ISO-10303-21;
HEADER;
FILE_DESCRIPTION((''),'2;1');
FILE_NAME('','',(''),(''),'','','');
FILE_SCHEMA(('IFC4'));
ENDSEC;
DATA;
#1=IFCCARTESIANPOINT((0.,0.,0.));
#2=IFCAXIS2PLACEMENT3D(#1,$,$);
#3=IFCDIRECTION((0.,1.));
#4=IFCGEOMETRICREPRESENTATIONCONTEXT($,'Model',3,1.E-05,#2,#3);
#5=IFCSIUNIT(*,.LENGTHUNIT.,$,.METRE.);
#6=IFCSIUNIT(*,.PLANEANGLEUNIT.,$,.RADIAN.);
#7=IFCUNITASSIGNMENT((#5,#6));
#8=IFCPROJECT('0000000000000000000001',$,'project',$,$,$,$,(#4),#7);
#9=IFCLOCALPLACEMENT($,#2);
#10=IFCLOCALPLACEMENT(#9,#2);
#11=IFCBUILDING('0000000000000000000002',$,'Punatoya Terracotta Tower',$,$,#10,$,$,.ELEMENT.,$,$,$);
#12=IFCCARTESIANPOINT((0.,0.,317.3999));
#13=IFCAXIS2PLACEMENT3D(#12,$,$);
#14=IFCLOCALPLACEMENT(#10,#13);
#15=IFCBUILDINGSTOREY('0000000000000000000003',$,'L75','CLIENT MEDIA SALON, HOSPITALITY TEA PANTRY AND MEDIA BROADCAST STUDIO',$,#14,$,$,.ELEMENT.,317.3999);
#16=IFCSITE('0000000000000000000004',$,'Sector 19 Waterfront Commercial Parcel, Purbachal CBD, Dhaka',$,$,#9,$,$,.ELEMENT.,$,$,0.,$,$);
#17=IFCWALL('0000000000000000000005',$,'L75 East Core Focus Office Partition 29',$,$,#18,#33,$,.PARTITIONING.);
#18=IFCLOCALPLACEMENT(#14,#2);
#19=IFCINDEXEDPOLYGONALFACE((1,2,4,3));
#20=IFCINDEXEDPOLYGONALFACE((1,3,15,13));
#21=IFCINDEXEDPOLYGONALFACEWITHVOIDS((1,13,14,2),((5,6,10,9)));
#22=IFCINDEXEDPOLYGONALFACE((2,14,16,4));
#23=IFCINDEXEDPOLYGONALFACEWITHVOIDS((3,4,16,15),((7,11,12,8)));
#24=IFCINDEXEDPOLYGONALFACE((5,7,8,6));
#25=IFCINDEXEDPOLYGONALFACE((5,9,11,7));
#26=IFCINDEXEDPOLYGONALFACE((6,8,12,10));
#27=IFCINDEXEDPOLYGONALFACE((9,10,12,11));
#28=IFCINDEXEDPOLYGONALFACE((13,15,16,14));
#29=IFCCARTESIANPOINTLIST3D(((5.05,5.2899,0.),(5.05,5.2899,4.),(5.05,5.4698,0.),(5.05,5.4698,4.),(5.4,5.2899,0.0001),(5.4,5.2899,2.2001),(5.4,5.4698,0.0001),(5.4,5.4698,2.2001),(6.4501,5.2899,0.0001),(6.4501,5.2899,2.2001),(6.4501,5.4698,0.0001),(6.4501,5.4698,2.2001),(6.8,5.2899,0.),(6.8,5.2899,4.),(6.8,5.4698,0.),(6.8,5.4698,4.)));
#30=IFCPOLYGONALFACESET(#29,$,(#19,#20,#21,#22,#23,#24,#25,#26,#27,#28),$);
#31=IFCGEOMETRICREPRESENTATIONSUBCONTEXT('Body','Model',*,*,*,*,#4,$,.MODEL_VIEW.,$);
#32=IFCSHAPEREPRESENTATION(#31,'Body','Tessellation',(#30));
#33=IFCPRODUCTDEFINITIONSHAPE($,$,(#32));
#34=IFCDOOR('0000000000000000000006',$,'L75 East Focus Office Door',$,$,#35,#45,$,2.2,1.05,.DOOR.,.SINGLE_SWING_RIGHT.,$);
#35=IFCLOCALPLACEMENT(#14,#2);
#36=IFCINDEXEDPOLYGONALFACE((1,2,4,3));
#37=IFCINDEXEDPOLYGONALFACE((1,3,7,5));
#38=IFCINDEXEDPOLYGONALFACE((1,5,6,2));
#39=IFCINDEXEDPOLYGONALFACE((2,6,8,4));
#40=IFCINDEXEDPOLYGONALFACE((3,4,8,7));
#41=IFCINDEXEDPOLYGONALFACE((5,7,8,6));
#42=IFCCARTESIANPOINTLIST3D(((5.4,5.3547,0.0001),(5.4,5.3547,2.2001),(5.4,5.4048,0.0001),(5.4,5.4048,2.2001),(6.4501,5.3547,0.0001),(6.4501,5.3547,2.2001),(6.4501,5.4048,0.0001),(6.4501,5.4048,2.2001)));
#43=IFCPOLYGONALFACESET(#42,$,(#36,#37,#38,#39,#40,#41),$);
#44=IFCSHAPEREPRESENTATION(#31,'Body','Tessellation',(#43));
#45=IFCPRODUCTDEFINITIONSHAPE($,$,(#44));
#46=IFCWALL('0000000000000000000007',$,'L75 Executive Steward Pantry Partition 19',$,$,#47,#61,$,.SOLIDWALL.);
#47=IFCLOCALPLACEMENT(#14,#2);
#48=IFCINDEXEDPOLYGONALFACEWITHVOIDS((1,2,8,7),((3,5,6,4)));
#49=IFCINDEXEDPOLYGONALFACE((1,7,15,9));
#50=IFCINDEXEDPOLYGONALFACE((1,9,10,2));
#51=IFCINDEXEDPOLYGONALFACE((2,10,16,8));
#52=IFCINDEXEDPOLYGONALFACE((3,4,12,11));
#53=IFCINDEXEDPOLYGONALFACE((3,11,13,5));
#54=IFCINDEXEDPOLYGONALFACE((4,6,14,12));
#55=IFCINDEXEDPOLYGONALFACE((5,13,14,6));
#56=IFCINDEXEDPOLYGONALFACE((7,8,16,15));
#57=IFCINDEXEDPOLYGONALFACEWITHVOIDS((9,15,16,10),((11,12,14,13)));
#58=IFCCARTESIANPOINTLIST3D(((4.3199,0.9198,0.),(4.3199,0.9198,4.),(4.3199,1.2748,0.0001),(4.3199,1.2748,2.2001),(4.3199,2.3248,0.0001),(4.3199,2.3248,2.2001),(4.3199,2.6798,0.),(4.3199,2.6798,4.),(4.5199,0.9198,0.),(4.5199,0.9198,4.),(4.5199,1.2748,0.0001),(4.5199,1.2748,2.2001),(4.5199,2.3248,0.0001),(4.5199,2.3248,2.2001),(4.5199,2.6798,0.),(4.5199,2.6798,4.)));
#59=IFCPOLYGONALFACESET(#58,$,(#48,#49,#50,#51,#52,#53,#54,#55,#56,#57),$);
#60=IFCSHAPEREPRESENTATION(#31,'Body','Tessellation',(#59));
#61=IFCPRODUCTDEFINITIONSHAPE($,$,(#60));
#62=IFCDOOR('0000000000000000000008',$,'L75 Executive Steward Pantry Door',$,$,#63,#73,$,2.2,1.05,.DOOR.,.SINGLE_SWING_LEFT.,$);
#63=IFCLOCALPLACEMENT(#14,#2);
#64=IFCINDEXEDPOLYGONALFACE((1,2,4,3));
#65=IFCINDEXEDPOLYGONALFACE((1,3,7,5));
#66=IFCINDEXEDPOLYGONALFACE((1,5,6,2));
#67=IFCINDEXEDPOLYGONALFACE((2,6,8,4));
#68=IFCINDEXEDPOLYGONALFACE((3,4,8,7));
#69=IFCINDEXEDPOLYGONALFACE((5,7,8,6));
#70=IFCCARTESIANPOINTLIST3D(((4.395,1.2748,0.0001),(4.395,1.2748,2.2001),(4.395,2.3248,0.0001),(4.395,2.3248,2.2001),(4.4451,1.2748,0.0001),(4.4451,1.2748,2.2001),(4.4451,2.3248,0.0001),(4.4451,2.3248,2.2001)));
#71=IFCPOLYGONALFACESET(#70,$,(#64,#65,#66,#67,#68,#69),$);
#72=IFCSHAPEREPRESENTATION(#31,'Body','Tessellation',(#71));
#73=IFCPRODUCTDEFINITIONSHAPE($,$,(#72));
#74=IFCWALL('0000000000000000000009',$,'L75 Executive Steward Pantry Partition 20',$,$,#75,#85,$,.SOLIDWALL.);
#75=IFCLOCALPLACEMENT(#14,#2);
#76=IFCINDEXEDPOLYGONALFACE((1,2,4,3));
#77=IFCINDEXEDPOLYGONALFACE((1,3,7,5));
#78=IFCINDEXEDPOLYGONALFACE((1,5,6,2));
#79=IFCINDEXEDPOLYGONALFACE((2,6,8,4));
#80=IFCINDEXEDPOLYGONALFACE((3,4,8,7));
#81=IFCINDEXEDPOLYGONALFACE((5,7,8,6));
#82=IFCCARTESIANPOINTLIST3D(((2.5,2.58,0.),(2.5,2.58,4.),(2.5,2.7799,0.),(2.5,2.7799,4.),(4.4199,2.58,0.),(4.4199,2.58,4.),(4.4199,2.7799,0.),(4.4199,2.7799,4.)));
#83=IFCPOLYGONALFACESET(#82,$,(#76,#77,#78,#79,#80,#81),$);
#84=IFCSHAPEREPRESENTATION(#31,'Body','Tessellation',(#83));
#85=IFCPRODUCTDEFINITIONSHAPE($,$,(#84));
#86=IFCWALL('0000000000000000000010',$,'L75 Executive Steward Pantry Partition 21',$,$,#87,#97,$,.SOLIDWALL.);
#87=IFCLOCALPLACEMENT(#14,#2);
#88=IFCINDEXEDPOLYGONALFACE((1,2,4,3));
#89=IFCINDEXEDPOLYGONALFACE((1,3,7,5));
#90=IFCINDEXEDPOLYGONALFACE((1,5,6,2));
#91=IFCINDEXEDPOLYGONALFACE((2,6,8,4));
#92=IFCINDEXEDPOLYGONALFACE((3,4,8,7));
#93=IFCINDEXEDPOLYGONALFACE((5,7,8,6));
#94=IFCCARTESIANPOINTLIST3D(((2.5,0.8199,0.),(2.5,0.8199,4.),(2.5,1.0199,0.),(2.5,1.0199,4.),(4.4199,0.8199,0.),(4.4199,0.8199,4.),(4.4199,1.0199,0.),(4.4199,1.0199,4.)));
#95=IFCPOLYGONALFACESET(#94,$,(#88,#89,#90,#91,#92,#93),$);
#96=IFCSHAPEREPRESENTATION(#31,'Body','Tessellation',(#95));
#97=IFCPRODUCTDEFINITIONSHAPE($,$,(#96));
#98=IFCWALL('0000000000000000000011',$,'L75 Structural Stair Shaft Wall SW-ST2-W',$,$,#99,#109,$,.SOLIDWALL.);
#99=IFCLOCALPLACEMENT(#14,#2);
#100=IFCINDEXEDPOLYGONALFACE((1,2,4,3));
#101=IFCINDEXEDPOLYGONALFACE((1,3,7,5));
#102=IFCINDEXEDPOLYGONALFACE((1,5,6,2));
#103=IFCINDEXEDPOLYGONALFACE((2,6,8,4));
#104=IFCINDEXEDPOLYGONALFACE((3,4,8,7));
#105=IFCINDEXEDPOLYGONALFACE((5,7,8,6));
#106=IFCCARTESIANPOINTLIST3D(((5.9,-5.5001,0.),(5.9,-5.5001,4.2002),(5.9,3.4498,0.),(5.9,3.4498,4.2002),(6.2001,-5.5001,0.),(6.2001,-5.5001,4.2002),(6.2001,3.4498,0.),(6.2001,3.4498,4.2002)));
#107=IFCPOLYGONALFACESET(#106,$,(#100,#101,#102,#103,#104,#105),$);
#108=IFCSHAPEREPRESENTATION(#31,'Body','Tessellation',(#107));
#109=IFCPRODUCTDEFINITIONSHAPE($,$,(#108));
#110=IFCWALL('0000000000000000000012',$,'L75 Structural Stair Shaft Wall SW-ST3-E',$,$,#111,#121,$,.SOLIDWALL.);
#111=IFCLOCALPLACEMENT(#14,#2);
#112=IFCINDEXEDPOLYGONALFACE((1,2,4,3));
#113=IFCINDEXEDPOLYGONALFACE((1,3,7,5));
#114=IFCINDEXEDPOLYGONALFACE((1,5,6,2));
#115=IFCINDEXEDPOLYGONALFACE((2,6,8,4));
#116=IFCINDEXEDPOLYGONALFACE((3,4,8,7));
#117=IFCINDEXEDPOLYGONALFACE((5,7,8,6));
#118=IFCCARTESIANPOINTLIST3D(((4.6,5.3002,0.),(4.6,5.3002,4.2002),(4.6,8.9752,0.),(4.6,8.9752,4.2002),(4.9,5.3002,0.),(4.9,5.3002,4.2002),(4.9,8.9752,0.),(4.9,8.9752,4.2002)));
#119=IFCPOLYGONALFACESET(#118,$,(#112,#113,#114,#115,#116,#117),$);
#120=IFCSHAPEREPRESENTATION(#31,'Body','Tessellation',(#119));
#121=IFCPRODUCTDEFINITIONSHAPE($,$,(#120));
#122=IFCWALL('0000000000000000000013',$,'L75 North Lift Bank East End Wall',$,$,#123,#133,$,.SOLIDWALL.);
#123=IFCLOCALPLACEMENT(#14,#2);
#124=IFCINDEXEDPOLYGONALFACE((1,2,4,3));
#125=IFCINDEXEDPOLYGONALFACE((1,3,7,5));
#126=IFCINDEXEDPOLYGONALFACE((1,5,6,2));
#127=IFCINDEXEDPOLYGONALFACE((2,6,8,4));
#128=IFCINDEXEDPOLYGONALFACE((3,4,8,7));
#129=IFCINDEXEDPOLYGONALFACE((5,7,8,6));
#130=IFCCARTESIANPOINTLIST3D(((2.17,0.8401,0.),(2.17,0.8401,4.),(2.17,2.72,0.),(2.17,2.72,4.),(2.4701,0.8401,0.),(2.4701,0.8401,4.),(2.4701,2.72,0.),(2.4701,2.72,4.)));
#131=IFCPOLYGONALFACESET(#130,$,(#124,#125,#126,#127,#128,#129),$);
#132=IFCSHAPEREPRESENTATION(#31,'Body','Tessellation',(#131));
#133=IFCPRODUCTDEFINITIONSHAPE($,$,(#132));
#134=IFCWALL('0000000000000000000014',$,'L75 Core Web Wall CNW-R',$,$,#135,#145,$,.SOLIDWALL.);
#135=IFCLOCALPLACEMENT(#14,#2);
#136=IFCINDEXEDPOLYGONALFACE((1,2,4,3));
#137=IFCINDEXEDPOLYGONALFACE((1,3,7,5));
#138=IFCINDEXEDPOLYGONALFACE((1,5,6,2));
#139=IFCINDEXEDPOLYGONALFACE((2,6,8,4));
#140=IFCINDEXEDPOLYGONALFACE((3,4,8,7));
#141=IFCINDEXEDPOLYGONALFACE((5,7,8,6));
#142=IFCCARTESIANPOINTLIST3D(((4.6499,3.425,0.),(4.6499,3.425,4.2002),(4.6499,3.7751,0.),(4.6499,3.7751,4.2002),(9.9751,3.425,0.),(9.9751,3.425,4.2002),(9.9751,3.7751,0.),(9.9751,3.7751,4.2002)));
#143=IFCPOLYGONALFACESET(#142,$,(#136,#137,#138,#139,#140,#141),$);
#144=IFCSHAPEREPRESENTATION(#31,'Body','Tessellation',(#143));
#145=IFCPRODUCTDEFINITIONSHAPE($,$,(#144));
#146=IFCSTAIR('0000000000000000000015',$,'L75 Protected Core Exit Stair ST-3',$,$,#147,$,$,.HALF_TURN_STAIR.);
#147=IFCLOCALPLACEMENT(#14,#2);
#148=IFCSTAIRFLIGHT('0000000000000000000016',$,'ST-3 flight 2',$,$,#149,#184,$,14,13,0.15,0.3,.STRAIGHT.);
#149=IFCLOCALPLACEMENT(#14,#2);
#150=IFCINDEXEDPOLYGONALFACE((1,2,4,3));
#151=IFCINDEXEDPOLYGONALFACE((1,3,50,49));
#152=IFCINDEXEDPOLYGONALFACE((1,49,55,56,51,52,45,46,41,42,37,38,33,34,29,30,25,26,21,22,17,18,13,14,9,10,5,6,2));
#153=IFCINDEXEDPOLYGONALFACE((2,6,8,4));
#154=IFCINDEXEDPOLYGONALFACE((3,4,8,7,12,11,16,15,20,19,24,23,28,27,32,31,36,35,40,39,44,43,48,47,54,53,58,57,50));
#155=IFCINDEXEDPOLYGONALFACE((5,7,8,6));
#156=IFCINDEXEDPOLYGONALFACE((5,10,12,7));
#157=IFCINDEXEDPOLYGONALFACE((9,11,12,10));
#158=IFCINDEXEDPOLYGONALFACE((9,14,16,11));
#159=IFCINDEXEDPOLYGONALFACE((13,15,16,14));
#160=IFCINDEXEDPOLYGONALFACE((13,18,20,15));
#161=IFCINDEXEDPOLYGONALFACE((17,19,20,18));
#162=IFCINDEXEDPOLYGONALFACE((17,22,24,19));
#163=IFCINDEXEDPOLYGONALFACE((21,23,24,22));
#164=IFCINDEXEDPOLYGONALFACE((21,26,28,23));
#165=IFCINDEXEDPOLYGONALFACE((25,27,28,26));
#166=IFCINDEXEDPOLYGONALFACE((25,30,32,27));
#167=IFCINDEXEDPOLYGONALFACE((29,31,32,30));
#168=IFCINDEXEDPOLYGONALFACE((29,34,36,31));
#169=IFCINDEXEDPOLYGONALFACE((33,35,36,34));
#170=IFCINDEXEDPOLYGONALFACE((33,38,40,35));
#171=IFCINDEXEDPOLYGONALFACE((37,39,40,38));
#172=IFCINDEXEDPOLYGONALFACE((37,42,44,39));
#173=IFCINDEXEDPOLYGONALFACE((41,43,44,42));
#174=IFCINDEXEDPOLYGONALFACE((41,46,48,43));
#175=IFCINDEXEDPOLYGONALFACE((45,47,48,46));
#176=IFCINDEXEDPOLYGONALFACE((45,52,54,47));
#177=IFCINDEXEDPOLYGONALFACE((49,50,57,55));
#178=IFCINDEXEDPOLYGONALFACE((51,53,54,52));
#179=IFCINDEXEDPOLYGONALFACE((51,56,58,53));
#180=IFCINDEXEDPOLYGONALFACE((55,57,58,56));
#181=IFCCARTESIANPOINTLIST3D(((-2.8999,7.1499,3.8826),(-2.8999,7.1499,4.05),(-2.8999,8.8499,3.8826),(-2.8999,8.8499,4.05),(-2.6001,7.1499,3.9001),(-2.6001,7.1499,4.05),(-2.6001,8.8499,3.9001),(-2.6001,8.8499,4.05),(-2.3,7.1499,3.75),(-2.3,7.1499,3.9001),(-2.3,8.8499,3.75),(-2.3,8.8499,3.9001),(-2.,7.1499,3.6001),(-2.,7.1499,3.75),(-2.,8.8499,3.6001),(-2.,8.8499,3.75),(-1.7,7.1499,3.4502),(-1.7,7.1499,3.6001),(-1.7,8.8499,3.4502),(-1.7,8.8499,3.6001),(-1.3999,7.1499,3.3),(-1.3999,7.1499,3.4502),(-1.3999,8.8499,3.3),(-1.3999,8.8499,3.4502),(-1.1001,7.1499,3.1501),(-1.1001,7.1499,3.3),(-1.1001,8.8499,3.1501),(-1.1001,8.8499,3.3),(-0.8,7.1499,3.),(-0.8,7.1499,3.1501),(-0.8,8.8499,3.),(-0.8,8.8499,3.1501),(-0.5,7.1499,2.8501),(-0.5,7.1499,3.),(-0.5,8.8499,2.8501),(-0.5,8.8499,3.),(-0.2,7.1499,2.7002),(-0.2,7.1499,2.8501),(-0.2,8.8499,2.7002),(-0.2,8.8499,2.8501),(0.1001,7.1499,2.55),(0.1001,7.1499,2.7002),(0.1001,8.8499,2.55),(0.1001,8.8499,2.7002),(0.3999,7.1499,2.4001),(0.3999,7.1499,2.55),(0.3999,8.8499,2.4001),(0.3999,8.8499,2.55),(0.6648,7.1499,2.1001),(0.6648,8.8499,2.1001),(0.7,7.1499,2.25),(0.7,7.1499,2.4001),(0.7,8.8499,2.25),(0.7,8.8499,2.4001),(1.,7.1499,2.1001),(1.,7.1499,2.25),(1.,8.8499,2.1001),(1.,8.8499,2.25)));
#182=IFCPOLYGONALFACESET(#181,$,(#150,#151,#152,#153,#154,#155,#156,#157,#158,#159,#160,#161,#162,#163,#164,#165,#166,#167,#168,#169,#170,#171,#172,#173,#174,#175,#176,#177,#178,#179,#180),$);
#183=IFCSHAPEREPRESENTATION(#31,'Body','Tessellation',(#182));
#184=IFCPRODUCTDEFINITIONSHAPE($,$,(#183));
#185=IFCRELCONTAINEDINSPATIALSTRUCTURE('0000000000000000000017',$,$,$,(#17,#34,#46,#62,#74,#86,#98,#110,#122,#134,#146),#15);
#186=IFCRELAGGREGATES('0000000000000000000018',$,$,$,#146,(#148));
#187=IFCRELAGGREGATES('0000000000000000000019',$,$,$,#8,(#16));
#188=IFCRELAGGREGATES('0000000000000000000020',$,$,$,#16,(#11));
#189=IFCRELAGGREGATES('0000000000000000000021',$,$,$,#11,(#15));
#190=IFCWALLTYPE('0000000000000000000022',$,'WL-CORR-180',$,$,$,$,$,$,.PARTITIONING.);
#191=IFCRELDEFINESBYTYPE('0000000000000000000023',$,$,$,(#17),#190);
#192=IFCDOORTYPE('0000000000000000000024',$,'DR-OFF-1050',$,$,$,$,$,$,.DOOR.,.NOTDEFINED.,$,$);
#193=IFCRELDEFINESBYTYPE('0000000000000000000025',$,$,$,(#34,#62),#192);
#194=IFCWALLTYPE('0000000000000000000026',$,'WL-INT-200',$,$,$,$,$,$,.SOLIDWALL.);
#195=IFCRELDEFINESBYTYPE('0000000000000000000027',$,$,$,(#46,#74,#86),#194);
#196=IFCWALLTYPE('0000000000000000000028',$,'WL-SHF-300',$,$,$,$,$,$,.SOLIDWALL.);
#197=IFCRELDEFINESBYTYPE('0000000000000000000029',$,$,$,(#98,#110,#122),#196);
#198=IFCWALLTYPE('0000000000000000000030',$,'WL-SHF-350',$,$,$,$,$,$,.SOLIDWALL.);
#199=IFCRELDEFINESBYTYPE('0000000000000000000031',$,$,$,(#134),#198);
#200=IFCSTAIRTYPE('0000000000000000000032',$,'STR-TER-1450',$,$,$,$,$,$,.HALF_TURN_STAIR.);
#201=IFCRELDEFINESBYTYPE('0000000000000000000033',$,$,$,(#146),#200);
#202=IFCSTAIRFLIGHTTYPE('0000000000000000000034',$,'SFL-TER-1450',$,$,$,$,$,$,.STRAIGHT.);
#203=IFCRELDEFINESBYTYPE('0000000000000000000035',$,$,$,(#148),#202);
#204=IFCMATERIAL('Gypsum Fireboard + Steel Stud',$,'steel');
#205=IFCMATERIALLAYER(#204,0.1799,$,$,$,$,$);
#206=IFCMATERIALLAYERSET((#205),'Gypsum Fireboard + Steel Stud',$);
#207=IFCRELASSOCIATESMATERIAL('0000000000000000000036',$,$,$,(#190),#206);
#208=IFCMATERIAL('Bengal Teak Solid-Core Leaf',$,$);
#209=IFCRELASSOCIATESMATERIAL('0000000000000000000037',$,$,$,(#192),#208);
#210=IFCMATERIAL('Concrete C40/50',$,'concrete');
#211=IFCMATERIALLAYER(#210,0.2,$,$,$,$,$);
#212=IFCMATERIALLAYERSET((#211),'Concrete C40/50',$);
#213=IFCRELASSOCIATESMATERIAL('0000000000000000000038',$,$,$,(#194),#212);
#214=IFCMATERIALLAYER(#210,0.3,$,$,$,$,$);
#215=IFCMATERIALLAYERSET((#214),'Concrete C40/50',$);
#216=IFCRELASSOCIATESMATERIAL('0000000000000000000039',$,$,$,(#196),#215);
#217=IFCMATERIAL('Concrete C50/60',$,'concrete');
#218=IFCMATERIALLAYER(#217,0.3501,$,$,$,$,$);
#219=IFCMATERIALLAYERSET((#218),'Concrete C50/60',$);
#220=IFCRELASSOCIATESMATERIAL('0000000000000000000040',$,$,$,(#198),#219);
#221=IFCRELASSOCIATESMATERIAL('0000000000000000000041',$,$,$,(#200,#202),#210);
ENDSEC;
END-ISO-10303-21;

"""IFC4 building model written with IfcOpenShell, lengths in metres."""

from ifc_helpers import new_model, si_unit, direction, frame, frame_2d, origin, place, context, subcontext, project, spatial, polyline, rectangle, outline, extrude, material, layer, layer_set, type_object, element, fill, aggregate, save


model = new_model("IFC4")

# Units and contexts
model_context = context("Model", 3, precision=1e-05, world=origin(), true_north=direction((0.0, 1.0)))
body_context = subcontext(model_context, "Body", "Model", "MODEL_VIEW")
ifc_project = project(units=[si_unit("LENGTHUNIT", "METRE"), si_unit("PLANEANGLEUNIT", "RADIAN")], contexts=[model_context])

# Site, building, storey
site_placement = place(None, origin())
site = spatial("IfcSite", under=ifc_project, at=site_placement, Name="Sector 19 Waterfront Commercial Parcel, Purbachal CBD, Dhaka", CompositionType="ELEMENT", RefElevation=0.0)
building_placement = place(site_placement, origin())
building = spatial("IfcBuilding", under=site, at=building_placement, Name="Punatoya Terracotta Tower", CompositionType="ELEMENT")
storey_placement = place(building_placement, frame((0.0, 0.0, 317.3999)))
storey = spatial("IfcBuildingStorey", under=building, at=storey_placement, Name="L75", Description="CLIENT MEDIA SALON, HOSPITALITY TEA PANTRY AND MEDIA BROADCAST STUDIO", CompositionType="ELEMENT", Elevation=317.3999)

# Walls, openings, doors
ifc_material_1 = material(Name="Gypsum Fireboard + Steel Stud", Category="steel")
ifc_layer_1 = layer(ifc_material_1, 0.1799)
ifc_layer_set_1 = layer_set([ifc_layer_1], Name="Gypsum Fireboard + Steel Stud")
wall_type_1 = type_object("IfcWallType", Name="WL-CORR-180", PredefinedType="PARTITIONING", material=ifc_layer_set_1)
wall_1_placement = place(storey_placement, frame((5.05, 5.3799, 0.0), z_axis=(0.0, 0.0, 1.0), x_axis=(1.0, 0.0, 0.0)))
wall_1 = element("IfcWall", 1, at=wall_1_placement, inside=storey, type_object=wall_type_1, Name="L75 East Core Focus Office Partition 29", PredefinedType="PARTITIONING", context=body_context, shape_type="SweptSolid", body=[
    extrude(rectangle(XDim=1.75, YDim=0.1799, at=frame_2d((0.875, 0.0))), origin(), (0.0, 0.0, 1.0), 4.0),
])
opening_1_placement = place(wall_1_placement, frame((0.3501, 0.0, 0.0)))
opening_1 = element("IfcOpeningElement", 2, at=opening_1_placement, cuts=wall_1, PredefinedType="OPENING", context=body_context, shape_type="SweptSolid", body=[
    extrude(rectangle(XDim=1.05, YDim=2.2, at=frame_2d((0.5249, 1.1001))), frame((0.0, 0.0999, 0.0), z_axis=(0.0, -1.0, 0.0), x_axis=(1.0, 0.0, 0.0)), (0.0, 0.0, 1.0), 0.2),
])
ifc_material_2 = material(Name="Bengal Teak Solid-Core Leaf")
door_type = type_object("IfcDoorType", Name="DR-OFF-1050", OperationType="NOTDEFINED", PredefinedType="DOOR", material=ifc_material_2)
door_1_placement = place(opening_1_placement, origin())
door_1 = element("IfcDoor", 3, at=door_1_placement, inside=storey, type_object=door_type, Name="L75 East Focus Office Door", OperationType="SINGLE_SWING_RIGHT", OverallHeight=2.2, OverallWidth=1.05, PredefinedType="DOOR", context=body_context, shape_type="SweptSolid", body=[
    extrude(rectangle(XDim=1.05, YDim=2.2, at=frame_2d((0.5249, 1.1001))), frame((0.0, 0.0249, 0.0), z_axis=(0.0, -1.0, 0.0), x_axis=(1.0, 0.0, 0.0)), (0.0, 0.0, 1.0), 0.05),
])
fill(opening_1, door_1)
ifc_material_3 = material(Name="Concrete C40/50", Category="concrete")
ifc_layer_2 = layer(ifc_material_3, 0.2)
ifc_layer_set_2 = layer_set([ifc_layer_2], Name="Concrete C40/50")
wall_type_2 = type_object("IfcWallType", Name="WL-INT-200", PredefinedType="SOLIDWALL", material=ifc_layer_set_2)
wall_2_placement = place(storey_placement, frame((4.4199, 0.9199, 0.0), z_axis=(0.0, 0.0, 1.0), x_axis=(0.0, 1.0, 0.0)))
wall_2 = element("IfcWall", 4, at=wall_2_placement, inside=storey, type_object=wall_type_2, Name="L75 Executive Steward Pantry Partition 19", PredefinedType="SOLIDWALL", context=body_context, shape_type="SweptSolid", body=[
    extrude(rectangle(XDim=1.76, YDim=0.2, at=frame_2d((0.8799, 0.0))), origin(), (0.0, 0.0, 1.0), 4.0),
])
opening_2_placement = place(wall_2_placement, frame((0.355, 0.0, 0.0)))
opening_2 = element("IfcOpeningElement", 5, at=opening_2_placement, cuts=wall_2, PredefinedType="OPENING", context=body_context, shape_type="SweptSolid", body=[
    extrude(rectangle(XDim=1.05, YDim=2.2, at=frame_2d((0.5249, 1.1001))), frame((0.0, 0.1099, 0.0), z_axis=(0.0, -1.0, 0.0), x_axis=(1.0, 0.0, 0.0)), (0.0, 0.0, 1.0), 0.22),
])
door_2_placement = place(opening_2_placement, origin())
door_2 = element("IfcDoor", 6, at=door_2_placement, inside=storey, type_object=door_type, Name="L75 Executive Steward Pantry Door", OperationType="SINGLE_SWING_LEFT", OverallHeight=2.2, OverallWidth=1.05, PredefinedType="DOOR", context=body_context, shape_type="SweptSolid", body=[
    extrude(rectangle(XDim=1.05, YDim=2.2, at=frame_2d((0.5249, 1.1001))), frame((0.0, 0.0249, 0.0), z_axis=(0.0, -1.0, 0.0), x_axis=(1.0, 0.0, 0.0)), (0.0, 0.0, 1.0), 0.05),
])
fill(opening_2, door_2)

# Walls
for number, where, z_axis, x_axis, name in (
    (7, (4.4199, 2.6799, 0.0), (0.0, 0.0, 1.0), (-1.0, 0.0, 0.0), "L75 Executive Steward Pantry Partition 20"),
    (8, (2.5, 0.9199, 0.0), (0.0, 0.0, 1.0), (1.0, 0.0, 0.0), "L75 Executive Steward Pantry Partition 21"),
):
    element("IfcWall", number, at=place(storey_placement, frame(where, z_axis=z_axis, x_axis=x_axis)), inside=storey, type_object=wall_type_2, Name=name, PredefinedType="SOLIDWALL", context=body_context, shape_type="SweptSolid", body=[
        extrude(rectangle(XDim=1.9199, YDim=0.2, at=frame_2d((0.96, 0.0))), origin(), (0.0, 0.0, 1.0), 4.0),
    ])
ifc_layer_3 = layer(ifc_material_3, 0.3)
ifc_layer_set_3 = layer_set([ifc_layer_3], Name="Concrete C40/50")
wall_type_3 = type_object("IfcWallType", Name="WL-SHF-300", PredefinedType="SOLIDWALL", material=ifc_layer_set_3)
wall_3_placement = place(storey_placement, frame((6.05, 3.45, 0.0), z_axis=(0.0, 0.0, 1.0), x_axis=(0.0, -1.0, 0.0)))
element("IfcWall", 9, at=wall_3_placement, inside=storey, type_object=wall_type_3, Name="L75 Structural Stair Shaft Wall SW-ST2-W", PredefinedType="SOLIDWALL", context=body_context, shape_type="SweptSolid", body=[
    extrude(rectangle(XDim=8.95, YDim=0.3, at=frame_2d((4.4751, 0.0))), origin(), (0.0, 0.0, 1.0), 4.2002),
])
wall_4_placement = place(storey_placement, frame((4.75, 8.9751, 0.0), z_axis=(0.0, 0.0, 1.0), x_axis=(0.0, -1.0, 0.0)))
element("IfcWall", 10, at=wall_4_placement, inside=storey, type_object=wall_type_3, Name="L75 Structural Stair Shaft Wall SW-ST3-E", PredefinedType="SOLIDWALL", context=body_context, shape_type="SweptSolid", body=[
    extrude(rectangle(XDim=3.675, YDim=0.3, at=frame_2d((1.8374, 0.0))), origin(), (0.0, 0.0, 1.0), 4.2002),
])
wall_5_placement = place(storey_placement, frame((2.3201, 0.8401, 0.0), z_axis=(0.0, 0.0, 1.0), x_axis=(0.0, 1.0, 0.0)))
element("IfcWall", 11, at=wall_5_placement, inside=storey, type_object=wall_type_3, Name="L75 North Lift Bank East End Wall", PredefinedType="SOLIDWALL", context=body_context, shape_type="SweptSolid", body=[
    extrude(rectangle(XDim=1.8799, YDim=0.3, at=frame_2d((0.9399, 0.0))), origin(), (0.0, 0.0, 1.0), 4.0),
])
ifc_material_4 = material(Name="Concrete C50/60", Category="concrete")
ifc_layer_4 = layer(ifc_material_4, 0.3501)
ifc_layer_set_4 = layer_set([ifc_layer_4], Name="Concrete C50/60")
wall_type_4 = type_object("IfcWallType", Name="WL-SHF-350", PredefinedType="SOLIDWALL", material=ifc_layer_set_4)
wall_6_placement = place(storey_placement, frame((4.6499, 3.6001, 0.0), z_axis=(0.0, 0.0, 1.0), x_axis=(1.0, 0.0, 0.0)))
element("IfcWall", 12, at=wall_6_placement, inside=storey, type_object=wall_type_4, Name="L75 Core Web Wall CNW-R", PredefinedType="SOLIDWALL", context=body_context, shape_type="SweptSolid", body=[
    extrude(rectangle(XDim=5.3252, YDim=0.3501, at=frame_2d((2.6626, 0.0))), origin(), (0.0, 0.0, 1.0), 4.2002),
])

# Stair, stair flight
stair_type = type_object("IfcStairType", Name="STR-TER-1450", PredefinedType="HALF_TURN_STAIR", material=ifc_material_3)
stair_placement = place(storey_placement, origin())
stair = element("IfcStair", 13, at=stair_placement, inside=storey, type_object=stair_type, Name="L75 Protected Core Exit Stair ST-3", PredefinedType="HALF_TURN_STAIR")
stair_flight_type = type_object("IfcStairFlightType", Name="SFL-TER-1450", PredefinedType="STRAIGHT", material=ifc_material_3)
stair_flight_placement = place(storey_placement, frame((1.0, 8.0, 2.1001), z_axis=(0.0, 0.0, 1.0), x_axis=(-1.0, 0.0, 0.0)))
stair_flight = element("IfcStairFlight", 14, at=stair_flight_placement, type_object=stair_flight_type, Name="ST-3 flight 2", NumberOfRisers=14, NumberOfTreads=13, PredefinedType="STRAIGHT", RiserHeight=0.15, TreadLength=0.3, context=body_context, shape_type="SweptSolid", body=[
    extrude(outline(polyline([(0.0, 0.0), (0.0, 0.1499), (0.3, 0.1499), (0.3, 0.3), (0.6001, 0.3), (0.6001, 0.45), (0.8999, 0.45), (0.8999, 0.6001), (1.2, 0.6001), (1.2, 0.75), (1.5, 0.75), (1.5, 0.8999), (1.8, 0.8999), (1.8, 1.05), (2.1001, 1.05), (2.1001, 1.2), (2.3999, 1.2), (2.3999, 1.3501), (2.7, 1.3501), (2.7, 1.5), (3.0, 1.5), (3.0, 1.6499), (3.3, 1.6499), (3.3, 1.8), (3.6001, 1.8), (3.6001, 1.95), (3.8999, 1.95), (3.8999, 2.1001), (3.8999, 1.7825), (0.3352, 0.0), (0.0, 0.0)])), frame((0.0, 0.8501, 0.0), z_axis=(0.0, -1.0, 0.0), x_axis=(1.0, 0.0, 0.0)), (0.0, 0.0, 1.0), 1.7),
])
aggregate(stair, [stair_flight])

save(model, "model.ifc")
